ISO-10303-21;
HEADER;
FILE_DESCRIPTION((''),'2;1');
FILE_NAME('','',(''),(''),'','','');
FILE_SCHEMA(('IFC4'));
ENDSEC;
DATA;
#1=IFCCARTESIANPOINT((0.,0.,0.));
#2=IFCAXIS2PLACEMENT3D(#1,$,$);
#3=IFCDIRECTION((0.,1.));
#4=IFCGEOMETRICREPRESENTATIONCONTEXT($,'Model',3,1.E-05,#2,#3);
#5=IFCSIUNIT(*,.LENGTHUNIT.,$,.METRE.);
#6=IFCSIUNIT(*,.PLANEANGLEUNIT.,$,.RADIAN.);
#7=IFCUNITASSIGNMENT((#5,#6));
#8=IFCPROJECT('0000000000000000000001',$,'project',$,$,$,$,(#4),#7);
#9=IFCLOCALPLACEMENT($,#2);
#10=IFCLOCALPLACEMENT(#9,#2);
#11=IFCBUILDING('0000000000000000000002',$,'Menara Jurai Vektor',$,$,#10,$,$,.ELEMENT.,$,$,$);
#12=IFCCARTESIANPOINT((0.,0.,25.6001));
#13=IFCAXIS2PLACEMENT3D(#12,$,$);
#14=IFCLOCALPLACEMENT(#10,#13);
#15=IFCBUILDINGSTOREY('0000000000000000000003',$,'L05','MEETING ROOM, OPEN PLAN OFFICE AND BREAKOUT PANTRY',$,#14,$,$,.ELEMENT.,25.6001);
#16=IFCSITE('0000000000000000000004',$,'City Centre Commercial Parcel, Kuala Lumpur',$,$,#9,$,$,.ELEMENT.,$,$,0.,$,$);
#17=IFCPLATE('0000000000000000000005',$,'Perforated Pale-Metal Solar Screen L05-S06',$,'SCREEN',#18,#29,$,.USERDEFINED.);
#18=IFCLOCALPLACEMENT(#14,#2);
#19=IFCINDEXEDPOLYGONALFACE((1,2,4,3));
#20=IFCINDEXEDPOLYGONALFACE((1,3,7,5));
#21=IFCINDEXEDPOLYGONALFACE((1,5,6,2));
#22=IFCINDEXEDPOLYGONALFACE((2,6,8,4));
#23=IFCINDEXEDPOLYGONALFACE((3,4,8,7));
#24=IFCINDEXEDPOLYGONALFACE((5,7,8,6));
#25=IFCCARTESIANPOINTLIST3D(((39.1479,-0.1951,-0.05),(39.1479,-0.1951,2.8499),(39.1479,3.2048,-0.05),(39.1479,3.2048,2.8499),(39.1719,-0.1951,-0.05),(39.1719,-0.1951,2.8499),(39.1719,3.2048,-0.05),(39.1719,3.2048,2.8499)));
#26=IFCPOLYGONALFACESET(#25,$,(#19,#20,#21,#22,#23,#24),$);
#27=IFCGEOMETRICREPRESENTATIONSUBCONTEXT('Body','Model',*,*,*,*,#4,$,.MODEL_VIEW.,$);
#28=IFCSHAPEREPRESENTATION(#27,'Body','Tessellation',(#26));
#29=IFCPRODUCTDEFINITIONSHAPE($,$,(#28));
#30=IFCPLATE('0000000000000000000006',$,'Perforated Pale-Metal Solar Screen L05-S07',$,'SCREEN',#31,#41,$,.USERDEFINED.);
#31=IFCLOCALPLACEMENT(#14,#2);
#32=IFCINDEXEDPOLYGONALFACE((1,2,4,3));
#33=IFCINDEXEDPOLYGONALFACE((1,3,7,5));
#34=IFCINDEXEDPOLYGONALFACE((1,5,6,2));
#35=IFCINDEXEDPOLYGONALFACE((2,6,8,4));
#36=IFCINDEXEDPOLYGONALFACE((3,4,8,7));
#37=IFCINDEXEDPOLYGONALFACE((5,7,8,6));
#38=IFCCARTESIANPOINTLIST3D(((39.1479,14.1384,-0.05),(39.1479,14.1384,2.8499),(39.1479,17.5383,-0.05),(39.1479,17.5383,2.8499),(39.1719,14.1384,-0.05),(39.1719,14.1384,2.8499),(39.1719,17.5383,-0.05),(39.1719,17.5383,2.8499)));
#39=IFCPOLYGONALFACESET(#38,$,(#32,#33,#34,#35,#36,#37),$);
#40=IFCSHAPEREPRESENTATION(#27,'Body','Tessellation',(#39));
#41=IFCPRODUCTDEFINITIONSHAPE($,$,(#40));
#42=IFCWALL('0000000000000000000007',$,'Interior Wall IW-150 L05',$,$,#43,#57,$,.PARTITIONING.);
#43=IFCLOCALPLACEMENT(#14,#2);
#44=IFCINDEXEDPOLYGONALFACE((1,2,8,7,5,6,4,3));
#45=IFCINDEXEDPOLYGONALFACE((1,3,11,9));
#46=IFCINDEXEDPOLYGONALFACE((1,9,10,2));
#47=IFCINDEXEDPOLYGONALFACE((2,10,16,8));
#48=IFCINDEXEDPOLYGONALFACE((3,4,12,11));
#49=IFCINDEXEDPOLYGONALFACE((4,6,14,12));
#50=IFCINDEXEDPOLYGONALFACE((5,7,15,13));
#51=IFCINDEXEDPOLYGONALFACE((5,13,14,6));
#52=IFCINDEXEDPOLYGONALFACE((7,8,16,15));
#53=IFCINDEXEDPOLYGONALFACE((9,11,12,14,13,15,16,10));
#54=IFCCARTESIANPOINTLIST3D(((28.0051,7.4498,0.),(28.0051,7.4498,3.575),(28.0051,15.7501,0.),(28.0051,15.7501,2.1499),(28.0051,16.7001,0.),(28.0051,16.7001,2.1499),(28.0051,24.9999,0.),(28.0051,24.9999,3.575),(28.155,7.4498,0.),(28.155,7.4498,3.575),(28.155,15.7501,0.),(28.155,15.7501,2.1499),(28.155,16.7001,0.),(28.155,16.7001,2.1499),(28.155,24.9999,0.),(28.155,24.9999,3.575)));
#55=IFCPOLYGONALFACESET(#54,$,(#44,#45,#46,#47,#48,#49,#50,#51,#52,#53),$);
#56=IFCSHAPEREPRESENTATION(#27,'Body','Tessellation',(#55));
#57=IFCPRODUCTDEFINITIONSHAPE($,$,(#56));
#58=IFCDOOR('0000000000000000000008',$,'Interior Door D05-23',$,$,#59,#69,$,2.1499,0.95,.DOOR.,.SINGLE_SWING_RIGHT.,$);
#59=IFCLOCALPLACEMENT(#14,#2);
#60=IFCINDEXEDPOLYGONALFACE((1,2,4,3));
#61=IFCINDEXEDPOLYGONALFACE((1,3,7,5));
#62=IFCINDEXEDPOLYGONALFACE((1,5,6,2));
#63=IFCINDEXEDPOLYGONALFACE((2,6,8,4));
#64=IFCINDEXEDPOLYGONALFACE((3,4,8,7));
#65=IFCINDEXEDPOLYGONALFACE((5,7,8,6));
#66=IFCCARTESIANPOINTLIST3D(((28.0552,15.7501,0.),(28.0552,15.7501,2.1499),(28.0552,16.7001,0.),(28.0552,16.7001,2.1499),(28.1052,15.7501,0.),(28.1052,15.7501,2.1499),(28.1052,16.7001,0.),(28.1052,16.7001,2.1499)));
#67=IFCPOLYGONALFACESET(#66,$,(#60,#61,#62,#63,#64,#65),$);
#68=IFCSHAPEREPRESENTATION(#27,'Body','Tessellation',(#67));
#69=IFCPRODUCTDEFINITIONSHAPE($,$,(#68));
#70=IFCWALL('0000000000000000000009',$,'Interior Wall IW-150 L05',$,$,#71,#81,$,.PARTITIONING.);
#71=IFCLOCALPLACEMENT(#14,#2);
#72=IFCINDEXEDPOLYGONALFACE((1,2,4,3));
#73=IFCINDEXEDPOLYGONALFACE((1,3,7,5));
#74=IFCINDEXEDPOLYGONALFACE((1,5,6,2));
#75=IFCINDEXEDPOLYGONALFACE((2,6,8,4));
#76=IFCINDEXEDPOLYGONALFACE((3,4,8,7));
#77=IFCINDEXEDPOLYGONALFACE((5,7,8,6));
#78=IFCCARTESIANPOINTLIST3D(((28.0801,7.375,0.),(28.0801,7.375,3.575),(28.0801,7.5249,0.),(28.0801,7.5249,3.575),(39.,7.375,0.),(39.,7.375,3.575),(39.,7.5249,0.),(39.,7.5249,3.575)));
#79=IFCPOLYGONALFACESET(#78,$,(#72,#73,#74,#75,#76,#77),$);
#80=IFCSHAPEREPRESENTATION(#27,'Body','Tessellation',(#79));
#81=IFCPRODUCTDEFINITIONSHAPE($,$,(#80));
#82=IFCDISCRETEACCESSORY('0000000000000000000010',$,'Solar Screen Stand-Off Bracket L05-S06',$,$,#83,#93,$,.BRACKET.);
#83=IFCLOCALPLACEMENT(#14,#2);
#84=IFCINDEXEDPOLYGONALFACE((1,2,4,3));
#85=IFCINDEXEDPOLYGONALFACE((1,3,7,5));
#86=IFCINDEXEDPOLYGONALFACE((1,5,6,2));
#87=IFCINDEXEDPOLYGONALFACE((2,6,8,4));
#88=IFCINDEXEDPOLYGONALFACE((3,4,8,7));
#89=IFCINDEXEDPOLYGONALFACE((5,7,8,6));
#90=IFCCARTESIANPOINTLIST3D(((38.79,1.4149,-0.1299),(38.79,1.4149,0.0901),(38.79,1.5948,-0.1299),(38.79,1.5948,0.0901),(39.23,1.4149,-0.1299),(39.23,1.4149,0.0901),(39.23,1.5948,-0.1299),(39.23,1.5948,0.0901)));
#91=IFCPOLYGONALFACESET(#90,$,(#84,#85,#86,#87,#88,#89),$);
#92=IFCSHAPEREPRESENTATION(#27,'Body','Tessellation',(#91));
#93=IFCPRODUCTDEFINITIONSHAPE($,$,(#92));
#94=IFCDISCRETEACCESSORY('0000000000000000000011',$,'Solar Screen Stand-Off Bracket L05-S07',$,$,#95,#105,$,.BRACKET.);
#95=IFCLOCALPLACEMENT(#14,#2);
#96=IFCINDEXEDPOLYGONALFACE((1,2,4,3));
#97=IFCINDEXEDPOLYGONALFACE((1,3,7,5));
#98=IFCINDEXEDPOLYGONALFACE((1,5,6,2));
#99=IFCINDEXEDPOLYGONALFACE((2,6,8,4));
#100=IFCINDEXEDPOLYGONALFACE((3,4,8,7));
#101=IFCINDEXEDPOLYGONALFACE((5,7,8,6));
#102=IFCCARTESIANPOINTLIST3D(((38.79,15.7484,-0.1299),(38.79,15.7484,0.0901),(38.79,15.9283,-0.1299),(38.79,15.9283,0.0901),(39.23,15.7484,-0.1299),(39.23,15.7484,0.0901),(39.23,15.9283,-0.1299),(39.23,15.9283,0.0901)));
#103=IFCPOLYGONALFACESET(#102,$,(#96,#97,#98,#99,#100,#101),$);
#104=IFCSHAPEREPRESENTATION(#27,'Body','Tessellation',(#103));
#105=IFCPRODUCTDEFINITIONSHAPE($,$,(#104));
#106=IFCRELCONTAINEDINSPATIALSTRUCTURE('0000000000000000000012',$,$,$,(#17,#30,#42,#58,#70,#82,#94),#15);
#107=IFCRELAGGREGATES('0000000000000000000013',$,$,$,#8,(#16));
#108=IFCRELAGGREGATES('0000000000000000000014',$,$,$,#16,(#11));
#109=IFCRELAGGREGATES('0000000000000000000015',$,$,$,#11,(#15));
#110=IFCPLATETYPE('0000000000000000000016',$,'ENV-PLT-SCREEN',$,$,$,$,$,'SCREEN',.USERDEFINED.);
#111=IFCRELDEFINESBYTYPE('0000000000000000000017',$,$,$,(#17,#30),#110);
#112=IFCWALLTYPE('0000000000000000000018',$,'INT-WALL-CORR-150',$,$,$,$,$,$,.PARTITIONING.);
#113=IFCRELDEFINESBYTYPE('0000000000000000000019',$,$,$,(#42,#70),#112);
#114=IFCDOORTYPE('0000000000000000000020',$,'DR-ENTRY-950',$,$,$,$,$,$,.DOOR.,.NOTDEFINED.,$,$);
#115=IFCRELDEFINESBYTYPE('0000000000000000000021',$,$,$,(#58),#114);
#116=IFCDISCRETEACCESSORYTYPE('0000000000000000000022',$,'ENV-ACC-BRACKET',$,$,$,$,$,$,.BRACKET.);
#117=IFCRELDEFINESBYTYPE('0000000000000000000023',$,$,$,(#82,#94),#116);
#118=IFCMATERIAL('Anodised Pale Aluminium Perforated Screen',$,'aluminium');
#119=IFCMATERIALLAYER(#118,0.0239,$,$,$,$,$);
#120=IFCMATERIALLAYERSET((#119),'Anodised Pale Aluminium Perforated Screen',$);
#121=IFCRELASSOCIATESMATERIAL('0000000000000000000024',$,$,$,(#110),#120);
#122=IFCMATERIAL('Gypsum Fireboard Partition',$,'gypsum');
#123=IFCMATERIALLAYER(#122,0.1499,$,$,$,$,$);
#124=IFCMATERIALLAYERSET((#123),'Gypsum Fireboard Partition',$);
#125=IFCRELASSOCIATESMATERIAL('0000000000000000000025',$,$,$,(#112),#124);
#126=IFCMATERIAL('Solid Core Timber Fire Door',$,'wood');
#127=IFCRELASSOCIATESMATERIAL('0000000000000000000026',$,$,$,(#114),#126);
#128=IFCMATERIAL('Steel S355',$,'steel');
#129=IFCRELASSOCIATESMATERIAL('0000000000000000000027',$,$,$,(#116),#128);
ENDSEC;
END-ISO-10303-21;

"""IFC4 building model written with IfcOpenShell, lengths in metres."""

from ifc_helpers import new_model, si_unit, direction, frame, frame_2d, origin, origin_2d, place, context, subcontext, project, spatial, rectangle, extrude, material, layer, layer_set, type_object, element, fill, save


model = new_model("IFC4")

# Units and contexts
model_context = context("Model", 3, precision=1e-05, world=origin(), true_north=direction((0.0, 1.0)))
body_context = subcontext(model_context, "Body", "Model", "MODEL_VIEW")
ifc_project = project(units=[si_unit("LENGTHUNIT", "METRE"), si_unit("PLANEANGLEUNIT", "RADIAN")], contexts=[model_context])

# Site, building, storey
site_placement = place(None, origin())
site = spatial("IfcSite", under=ifc_project, at=site_placement, Name="City Centre Commercial Parcel, Kuala Lumpur", CompositionType="ELEMENT", RefElevation=0.0)
building_placement = place(site_placement, origin())
building = spatial("IfcBuilding", under=site, at=building_placement, Name="Menara Jurai Vektor", CompositionType="ELEMENT")
storey_placement = place(building_placement, frame((0.0, 0.0, 25.6001)))
storey = spatial("IfcBuildingStorey", under=building, at=storey_placement, Name="L05", Description="MEETING ROOM, OPEN PLAN OFFICE AND BREAKOUT PANTRY", CompositionType="ELEMENT", Elevation=25.6001)

# Shared definitions
ifc_material_1 = material(Name="Steel S355", Category="steel")

# Plates
ifc_material_2 = material(Name="Anodised Pale Aluminium Perforated Screen", Category="aluminium")
ifc_layer_1 = layer(ifc_material_2, 0.0239)
ifc_layer_set_1 = layer_set([ifc_layer_1], Name="Anodised Pale Aluminium Perforated Screen")
plate_type_1 = type_object("IfcPlateType", Name="ENV-PLT-SCREEN", ElementType="SCREEN", PredefinedType="USERDEFINED", material=ifc_layer_set_1)
for number, where, z_axis, x_axis, name in (
    (1, (39.1599, 1.5049, -0.05), (0.0, 0.0, 1.0), (0.0, 1.0, 0.0), "Perforated Pale-Metal Solar Screen L05-S06"),
    (2, (39.1599, 15.8384, -0.05), (0.0, 0.0, 1.0), (0.0, 1.0, 0.0), "Perforated Pale-Metal Solar Screen L05-S07"),
):
    element("IfcPlate", number, at=place(storey_placement, frame(where, z_axis=z_axis, x_axis=x_axis)), inside=storey, type_object=plate_type_1, Name=name, ObjectType="SCREEN", PredefinedType="USERDEFINED", context=body_context, shape_type="SweptSolid", body=[
        extrude(rectangle(XDim=3.3999, YDim=0.0239, at=origin_2d()), origin(), (0.0, 0.0, 1.0), 2.8999),
    ])

# Wall, opening, door
ifc_material_3 = material(Name="Gypsum Fireboard Partition", Category="gypsum")
ifc_layer_2 = layer(ifc_material_3, 0.1499)
ifc_layer_set_2 = layer_set([ifc_layer_2], Name="Gypsum Fireboard Partition")
wall_type = type_object("IfcWallType", Name="INT-WALL-CORR-150", PredefinedType="PARTITIONING", material=ifc_layer_set_2)
wall_1_placement = place(storey_placement, frame((28.0801, 7.45, 0.0), z_axis=(0.0, 0.0, 1.0), x_axis=(0.0, 1.0, 0.0)))
wall_1 = element("IfcWall", 3, at=wall_1_placement, inside=storey, type_object=wall_type, Name="Interior Wall IW-150 L05", PredefinedType="PARTITIONING", context=body_context, shape_type="SweptSolid", body=[
    extrude(rectangle(XDim=17.55, YDim=0.1499, at=frame_2d((8.7749, 0.0))), origin(), (0.0, 0.0, 1.0), 3.575),
])
opening_placement = place(wall_1_placement, frame((8.3, 0.0, 0.0)))
opening = element("IfcOpeningElement", 4, at=opening_placement, cuts=wall_1, PredefinedType="OPENING", context=body_context, shape_type="SweptSolid", body=[
    extrude(rectangle(XDim=0.95, YDim=2.1499, at=frame_2d((0.4751, 1.075))), frame((0.0, 0.085, 0.0), z_axis=(0.0, -1.0, 0.0), x_axis=(1.0, 0.0, 0.0)), (0.0, 0.0, 1.0), 0.1699),
])
ifc_material_4 = material(Name="Solid Core Timber Fire Door", Category="wood")
door_type = type_object("IfcDoorType", Name="DR-ENTRY-950", OperationType="NOTDEFINED", PredefinedType="DOOR", material=ifc_material_4)
door_placement = place(opening_placement, origin())
door = element("IfcDoor", 5, at=door_placement, inside=storey, type_object=door_type, Name="Interior Door D05-23", OperationType="SINGLE_SWING_RIGHT", OverallHeight=2.1499, OverallWidth=0.95, PredefinedType="DOOR", context=body_context, shape_type="SweptSolid", body=[
    extrude(rectangle(XDim=0.95, YDim=2.1499, at=frame_2d((0.4751, 1.075))), frame((0.0, 0.0249, 0.0), z_axis=(0.0, -1.0, 0.0), x_axis=(1.0, 0.0, 0.0)), (0.0, 0.0, 1.0), 0.05),
])
fill(opening, door)

# Wall
wall_2_placement = place(storey_placement, frame((28.0801, 7.45, 0.0), z_axis=(0.0, 0.0, 1.0), x_axis=(1.0, 0.0, 0.0)))
element("IfcWall", 6, at=wall_2_placement, inside=storey, type_object=wall_type, Name="Interior Wall IW-150 L05", PredefinedType="PARTITIONING", context=body_context, shape_type="SweptSolid", body=[
    extrude(rectangle(XDim=10.9199, YDim=0.1499, at=frame_2d((5.46, 0.0))), origin(), (0.0, 0.0, 1.0), 3.575),
])

# Discrete accessories
discrete_accessory_type = type_object("IfcDiscreteAccessoryType", Name="ENV-ACC-BRACKET", PredefinedType="BRACKET", material=ifc_material_1)
for number, where, z_axis, x_axis, name in (
    (7, (39.01, 1.5049, -0.1299), (0.0, 0.0, 1.0), (0.0, 1.0, 0.0), "Solar Screen Stand-Off Bracket L05-S06"),
    (8, (39.01, 15.8384, -0.1299), (0.0, 0.0, 1.0), (0.0, 1.0, 0.0), "Solar Screen Stand-Off Bracket L05-S07"),
):
    element("IfcDiscreteAccessory", number, at=place(storey_placement, frame(where, z_axis=z_axis, x_axis=x_axis)), inside=storey, type_object=discrete_accessory_type, Name=name, PredefinedType="BRACKET", context=body_context, shape_type="SweptSolid", body=[
        extrude(rectangle(XDim=0.1799, YDim=0.4399, at=origin_2d()), origin(), (0.0, 0.0, 1.0), 0.22),
    ])

save(model, "model.ifc")
